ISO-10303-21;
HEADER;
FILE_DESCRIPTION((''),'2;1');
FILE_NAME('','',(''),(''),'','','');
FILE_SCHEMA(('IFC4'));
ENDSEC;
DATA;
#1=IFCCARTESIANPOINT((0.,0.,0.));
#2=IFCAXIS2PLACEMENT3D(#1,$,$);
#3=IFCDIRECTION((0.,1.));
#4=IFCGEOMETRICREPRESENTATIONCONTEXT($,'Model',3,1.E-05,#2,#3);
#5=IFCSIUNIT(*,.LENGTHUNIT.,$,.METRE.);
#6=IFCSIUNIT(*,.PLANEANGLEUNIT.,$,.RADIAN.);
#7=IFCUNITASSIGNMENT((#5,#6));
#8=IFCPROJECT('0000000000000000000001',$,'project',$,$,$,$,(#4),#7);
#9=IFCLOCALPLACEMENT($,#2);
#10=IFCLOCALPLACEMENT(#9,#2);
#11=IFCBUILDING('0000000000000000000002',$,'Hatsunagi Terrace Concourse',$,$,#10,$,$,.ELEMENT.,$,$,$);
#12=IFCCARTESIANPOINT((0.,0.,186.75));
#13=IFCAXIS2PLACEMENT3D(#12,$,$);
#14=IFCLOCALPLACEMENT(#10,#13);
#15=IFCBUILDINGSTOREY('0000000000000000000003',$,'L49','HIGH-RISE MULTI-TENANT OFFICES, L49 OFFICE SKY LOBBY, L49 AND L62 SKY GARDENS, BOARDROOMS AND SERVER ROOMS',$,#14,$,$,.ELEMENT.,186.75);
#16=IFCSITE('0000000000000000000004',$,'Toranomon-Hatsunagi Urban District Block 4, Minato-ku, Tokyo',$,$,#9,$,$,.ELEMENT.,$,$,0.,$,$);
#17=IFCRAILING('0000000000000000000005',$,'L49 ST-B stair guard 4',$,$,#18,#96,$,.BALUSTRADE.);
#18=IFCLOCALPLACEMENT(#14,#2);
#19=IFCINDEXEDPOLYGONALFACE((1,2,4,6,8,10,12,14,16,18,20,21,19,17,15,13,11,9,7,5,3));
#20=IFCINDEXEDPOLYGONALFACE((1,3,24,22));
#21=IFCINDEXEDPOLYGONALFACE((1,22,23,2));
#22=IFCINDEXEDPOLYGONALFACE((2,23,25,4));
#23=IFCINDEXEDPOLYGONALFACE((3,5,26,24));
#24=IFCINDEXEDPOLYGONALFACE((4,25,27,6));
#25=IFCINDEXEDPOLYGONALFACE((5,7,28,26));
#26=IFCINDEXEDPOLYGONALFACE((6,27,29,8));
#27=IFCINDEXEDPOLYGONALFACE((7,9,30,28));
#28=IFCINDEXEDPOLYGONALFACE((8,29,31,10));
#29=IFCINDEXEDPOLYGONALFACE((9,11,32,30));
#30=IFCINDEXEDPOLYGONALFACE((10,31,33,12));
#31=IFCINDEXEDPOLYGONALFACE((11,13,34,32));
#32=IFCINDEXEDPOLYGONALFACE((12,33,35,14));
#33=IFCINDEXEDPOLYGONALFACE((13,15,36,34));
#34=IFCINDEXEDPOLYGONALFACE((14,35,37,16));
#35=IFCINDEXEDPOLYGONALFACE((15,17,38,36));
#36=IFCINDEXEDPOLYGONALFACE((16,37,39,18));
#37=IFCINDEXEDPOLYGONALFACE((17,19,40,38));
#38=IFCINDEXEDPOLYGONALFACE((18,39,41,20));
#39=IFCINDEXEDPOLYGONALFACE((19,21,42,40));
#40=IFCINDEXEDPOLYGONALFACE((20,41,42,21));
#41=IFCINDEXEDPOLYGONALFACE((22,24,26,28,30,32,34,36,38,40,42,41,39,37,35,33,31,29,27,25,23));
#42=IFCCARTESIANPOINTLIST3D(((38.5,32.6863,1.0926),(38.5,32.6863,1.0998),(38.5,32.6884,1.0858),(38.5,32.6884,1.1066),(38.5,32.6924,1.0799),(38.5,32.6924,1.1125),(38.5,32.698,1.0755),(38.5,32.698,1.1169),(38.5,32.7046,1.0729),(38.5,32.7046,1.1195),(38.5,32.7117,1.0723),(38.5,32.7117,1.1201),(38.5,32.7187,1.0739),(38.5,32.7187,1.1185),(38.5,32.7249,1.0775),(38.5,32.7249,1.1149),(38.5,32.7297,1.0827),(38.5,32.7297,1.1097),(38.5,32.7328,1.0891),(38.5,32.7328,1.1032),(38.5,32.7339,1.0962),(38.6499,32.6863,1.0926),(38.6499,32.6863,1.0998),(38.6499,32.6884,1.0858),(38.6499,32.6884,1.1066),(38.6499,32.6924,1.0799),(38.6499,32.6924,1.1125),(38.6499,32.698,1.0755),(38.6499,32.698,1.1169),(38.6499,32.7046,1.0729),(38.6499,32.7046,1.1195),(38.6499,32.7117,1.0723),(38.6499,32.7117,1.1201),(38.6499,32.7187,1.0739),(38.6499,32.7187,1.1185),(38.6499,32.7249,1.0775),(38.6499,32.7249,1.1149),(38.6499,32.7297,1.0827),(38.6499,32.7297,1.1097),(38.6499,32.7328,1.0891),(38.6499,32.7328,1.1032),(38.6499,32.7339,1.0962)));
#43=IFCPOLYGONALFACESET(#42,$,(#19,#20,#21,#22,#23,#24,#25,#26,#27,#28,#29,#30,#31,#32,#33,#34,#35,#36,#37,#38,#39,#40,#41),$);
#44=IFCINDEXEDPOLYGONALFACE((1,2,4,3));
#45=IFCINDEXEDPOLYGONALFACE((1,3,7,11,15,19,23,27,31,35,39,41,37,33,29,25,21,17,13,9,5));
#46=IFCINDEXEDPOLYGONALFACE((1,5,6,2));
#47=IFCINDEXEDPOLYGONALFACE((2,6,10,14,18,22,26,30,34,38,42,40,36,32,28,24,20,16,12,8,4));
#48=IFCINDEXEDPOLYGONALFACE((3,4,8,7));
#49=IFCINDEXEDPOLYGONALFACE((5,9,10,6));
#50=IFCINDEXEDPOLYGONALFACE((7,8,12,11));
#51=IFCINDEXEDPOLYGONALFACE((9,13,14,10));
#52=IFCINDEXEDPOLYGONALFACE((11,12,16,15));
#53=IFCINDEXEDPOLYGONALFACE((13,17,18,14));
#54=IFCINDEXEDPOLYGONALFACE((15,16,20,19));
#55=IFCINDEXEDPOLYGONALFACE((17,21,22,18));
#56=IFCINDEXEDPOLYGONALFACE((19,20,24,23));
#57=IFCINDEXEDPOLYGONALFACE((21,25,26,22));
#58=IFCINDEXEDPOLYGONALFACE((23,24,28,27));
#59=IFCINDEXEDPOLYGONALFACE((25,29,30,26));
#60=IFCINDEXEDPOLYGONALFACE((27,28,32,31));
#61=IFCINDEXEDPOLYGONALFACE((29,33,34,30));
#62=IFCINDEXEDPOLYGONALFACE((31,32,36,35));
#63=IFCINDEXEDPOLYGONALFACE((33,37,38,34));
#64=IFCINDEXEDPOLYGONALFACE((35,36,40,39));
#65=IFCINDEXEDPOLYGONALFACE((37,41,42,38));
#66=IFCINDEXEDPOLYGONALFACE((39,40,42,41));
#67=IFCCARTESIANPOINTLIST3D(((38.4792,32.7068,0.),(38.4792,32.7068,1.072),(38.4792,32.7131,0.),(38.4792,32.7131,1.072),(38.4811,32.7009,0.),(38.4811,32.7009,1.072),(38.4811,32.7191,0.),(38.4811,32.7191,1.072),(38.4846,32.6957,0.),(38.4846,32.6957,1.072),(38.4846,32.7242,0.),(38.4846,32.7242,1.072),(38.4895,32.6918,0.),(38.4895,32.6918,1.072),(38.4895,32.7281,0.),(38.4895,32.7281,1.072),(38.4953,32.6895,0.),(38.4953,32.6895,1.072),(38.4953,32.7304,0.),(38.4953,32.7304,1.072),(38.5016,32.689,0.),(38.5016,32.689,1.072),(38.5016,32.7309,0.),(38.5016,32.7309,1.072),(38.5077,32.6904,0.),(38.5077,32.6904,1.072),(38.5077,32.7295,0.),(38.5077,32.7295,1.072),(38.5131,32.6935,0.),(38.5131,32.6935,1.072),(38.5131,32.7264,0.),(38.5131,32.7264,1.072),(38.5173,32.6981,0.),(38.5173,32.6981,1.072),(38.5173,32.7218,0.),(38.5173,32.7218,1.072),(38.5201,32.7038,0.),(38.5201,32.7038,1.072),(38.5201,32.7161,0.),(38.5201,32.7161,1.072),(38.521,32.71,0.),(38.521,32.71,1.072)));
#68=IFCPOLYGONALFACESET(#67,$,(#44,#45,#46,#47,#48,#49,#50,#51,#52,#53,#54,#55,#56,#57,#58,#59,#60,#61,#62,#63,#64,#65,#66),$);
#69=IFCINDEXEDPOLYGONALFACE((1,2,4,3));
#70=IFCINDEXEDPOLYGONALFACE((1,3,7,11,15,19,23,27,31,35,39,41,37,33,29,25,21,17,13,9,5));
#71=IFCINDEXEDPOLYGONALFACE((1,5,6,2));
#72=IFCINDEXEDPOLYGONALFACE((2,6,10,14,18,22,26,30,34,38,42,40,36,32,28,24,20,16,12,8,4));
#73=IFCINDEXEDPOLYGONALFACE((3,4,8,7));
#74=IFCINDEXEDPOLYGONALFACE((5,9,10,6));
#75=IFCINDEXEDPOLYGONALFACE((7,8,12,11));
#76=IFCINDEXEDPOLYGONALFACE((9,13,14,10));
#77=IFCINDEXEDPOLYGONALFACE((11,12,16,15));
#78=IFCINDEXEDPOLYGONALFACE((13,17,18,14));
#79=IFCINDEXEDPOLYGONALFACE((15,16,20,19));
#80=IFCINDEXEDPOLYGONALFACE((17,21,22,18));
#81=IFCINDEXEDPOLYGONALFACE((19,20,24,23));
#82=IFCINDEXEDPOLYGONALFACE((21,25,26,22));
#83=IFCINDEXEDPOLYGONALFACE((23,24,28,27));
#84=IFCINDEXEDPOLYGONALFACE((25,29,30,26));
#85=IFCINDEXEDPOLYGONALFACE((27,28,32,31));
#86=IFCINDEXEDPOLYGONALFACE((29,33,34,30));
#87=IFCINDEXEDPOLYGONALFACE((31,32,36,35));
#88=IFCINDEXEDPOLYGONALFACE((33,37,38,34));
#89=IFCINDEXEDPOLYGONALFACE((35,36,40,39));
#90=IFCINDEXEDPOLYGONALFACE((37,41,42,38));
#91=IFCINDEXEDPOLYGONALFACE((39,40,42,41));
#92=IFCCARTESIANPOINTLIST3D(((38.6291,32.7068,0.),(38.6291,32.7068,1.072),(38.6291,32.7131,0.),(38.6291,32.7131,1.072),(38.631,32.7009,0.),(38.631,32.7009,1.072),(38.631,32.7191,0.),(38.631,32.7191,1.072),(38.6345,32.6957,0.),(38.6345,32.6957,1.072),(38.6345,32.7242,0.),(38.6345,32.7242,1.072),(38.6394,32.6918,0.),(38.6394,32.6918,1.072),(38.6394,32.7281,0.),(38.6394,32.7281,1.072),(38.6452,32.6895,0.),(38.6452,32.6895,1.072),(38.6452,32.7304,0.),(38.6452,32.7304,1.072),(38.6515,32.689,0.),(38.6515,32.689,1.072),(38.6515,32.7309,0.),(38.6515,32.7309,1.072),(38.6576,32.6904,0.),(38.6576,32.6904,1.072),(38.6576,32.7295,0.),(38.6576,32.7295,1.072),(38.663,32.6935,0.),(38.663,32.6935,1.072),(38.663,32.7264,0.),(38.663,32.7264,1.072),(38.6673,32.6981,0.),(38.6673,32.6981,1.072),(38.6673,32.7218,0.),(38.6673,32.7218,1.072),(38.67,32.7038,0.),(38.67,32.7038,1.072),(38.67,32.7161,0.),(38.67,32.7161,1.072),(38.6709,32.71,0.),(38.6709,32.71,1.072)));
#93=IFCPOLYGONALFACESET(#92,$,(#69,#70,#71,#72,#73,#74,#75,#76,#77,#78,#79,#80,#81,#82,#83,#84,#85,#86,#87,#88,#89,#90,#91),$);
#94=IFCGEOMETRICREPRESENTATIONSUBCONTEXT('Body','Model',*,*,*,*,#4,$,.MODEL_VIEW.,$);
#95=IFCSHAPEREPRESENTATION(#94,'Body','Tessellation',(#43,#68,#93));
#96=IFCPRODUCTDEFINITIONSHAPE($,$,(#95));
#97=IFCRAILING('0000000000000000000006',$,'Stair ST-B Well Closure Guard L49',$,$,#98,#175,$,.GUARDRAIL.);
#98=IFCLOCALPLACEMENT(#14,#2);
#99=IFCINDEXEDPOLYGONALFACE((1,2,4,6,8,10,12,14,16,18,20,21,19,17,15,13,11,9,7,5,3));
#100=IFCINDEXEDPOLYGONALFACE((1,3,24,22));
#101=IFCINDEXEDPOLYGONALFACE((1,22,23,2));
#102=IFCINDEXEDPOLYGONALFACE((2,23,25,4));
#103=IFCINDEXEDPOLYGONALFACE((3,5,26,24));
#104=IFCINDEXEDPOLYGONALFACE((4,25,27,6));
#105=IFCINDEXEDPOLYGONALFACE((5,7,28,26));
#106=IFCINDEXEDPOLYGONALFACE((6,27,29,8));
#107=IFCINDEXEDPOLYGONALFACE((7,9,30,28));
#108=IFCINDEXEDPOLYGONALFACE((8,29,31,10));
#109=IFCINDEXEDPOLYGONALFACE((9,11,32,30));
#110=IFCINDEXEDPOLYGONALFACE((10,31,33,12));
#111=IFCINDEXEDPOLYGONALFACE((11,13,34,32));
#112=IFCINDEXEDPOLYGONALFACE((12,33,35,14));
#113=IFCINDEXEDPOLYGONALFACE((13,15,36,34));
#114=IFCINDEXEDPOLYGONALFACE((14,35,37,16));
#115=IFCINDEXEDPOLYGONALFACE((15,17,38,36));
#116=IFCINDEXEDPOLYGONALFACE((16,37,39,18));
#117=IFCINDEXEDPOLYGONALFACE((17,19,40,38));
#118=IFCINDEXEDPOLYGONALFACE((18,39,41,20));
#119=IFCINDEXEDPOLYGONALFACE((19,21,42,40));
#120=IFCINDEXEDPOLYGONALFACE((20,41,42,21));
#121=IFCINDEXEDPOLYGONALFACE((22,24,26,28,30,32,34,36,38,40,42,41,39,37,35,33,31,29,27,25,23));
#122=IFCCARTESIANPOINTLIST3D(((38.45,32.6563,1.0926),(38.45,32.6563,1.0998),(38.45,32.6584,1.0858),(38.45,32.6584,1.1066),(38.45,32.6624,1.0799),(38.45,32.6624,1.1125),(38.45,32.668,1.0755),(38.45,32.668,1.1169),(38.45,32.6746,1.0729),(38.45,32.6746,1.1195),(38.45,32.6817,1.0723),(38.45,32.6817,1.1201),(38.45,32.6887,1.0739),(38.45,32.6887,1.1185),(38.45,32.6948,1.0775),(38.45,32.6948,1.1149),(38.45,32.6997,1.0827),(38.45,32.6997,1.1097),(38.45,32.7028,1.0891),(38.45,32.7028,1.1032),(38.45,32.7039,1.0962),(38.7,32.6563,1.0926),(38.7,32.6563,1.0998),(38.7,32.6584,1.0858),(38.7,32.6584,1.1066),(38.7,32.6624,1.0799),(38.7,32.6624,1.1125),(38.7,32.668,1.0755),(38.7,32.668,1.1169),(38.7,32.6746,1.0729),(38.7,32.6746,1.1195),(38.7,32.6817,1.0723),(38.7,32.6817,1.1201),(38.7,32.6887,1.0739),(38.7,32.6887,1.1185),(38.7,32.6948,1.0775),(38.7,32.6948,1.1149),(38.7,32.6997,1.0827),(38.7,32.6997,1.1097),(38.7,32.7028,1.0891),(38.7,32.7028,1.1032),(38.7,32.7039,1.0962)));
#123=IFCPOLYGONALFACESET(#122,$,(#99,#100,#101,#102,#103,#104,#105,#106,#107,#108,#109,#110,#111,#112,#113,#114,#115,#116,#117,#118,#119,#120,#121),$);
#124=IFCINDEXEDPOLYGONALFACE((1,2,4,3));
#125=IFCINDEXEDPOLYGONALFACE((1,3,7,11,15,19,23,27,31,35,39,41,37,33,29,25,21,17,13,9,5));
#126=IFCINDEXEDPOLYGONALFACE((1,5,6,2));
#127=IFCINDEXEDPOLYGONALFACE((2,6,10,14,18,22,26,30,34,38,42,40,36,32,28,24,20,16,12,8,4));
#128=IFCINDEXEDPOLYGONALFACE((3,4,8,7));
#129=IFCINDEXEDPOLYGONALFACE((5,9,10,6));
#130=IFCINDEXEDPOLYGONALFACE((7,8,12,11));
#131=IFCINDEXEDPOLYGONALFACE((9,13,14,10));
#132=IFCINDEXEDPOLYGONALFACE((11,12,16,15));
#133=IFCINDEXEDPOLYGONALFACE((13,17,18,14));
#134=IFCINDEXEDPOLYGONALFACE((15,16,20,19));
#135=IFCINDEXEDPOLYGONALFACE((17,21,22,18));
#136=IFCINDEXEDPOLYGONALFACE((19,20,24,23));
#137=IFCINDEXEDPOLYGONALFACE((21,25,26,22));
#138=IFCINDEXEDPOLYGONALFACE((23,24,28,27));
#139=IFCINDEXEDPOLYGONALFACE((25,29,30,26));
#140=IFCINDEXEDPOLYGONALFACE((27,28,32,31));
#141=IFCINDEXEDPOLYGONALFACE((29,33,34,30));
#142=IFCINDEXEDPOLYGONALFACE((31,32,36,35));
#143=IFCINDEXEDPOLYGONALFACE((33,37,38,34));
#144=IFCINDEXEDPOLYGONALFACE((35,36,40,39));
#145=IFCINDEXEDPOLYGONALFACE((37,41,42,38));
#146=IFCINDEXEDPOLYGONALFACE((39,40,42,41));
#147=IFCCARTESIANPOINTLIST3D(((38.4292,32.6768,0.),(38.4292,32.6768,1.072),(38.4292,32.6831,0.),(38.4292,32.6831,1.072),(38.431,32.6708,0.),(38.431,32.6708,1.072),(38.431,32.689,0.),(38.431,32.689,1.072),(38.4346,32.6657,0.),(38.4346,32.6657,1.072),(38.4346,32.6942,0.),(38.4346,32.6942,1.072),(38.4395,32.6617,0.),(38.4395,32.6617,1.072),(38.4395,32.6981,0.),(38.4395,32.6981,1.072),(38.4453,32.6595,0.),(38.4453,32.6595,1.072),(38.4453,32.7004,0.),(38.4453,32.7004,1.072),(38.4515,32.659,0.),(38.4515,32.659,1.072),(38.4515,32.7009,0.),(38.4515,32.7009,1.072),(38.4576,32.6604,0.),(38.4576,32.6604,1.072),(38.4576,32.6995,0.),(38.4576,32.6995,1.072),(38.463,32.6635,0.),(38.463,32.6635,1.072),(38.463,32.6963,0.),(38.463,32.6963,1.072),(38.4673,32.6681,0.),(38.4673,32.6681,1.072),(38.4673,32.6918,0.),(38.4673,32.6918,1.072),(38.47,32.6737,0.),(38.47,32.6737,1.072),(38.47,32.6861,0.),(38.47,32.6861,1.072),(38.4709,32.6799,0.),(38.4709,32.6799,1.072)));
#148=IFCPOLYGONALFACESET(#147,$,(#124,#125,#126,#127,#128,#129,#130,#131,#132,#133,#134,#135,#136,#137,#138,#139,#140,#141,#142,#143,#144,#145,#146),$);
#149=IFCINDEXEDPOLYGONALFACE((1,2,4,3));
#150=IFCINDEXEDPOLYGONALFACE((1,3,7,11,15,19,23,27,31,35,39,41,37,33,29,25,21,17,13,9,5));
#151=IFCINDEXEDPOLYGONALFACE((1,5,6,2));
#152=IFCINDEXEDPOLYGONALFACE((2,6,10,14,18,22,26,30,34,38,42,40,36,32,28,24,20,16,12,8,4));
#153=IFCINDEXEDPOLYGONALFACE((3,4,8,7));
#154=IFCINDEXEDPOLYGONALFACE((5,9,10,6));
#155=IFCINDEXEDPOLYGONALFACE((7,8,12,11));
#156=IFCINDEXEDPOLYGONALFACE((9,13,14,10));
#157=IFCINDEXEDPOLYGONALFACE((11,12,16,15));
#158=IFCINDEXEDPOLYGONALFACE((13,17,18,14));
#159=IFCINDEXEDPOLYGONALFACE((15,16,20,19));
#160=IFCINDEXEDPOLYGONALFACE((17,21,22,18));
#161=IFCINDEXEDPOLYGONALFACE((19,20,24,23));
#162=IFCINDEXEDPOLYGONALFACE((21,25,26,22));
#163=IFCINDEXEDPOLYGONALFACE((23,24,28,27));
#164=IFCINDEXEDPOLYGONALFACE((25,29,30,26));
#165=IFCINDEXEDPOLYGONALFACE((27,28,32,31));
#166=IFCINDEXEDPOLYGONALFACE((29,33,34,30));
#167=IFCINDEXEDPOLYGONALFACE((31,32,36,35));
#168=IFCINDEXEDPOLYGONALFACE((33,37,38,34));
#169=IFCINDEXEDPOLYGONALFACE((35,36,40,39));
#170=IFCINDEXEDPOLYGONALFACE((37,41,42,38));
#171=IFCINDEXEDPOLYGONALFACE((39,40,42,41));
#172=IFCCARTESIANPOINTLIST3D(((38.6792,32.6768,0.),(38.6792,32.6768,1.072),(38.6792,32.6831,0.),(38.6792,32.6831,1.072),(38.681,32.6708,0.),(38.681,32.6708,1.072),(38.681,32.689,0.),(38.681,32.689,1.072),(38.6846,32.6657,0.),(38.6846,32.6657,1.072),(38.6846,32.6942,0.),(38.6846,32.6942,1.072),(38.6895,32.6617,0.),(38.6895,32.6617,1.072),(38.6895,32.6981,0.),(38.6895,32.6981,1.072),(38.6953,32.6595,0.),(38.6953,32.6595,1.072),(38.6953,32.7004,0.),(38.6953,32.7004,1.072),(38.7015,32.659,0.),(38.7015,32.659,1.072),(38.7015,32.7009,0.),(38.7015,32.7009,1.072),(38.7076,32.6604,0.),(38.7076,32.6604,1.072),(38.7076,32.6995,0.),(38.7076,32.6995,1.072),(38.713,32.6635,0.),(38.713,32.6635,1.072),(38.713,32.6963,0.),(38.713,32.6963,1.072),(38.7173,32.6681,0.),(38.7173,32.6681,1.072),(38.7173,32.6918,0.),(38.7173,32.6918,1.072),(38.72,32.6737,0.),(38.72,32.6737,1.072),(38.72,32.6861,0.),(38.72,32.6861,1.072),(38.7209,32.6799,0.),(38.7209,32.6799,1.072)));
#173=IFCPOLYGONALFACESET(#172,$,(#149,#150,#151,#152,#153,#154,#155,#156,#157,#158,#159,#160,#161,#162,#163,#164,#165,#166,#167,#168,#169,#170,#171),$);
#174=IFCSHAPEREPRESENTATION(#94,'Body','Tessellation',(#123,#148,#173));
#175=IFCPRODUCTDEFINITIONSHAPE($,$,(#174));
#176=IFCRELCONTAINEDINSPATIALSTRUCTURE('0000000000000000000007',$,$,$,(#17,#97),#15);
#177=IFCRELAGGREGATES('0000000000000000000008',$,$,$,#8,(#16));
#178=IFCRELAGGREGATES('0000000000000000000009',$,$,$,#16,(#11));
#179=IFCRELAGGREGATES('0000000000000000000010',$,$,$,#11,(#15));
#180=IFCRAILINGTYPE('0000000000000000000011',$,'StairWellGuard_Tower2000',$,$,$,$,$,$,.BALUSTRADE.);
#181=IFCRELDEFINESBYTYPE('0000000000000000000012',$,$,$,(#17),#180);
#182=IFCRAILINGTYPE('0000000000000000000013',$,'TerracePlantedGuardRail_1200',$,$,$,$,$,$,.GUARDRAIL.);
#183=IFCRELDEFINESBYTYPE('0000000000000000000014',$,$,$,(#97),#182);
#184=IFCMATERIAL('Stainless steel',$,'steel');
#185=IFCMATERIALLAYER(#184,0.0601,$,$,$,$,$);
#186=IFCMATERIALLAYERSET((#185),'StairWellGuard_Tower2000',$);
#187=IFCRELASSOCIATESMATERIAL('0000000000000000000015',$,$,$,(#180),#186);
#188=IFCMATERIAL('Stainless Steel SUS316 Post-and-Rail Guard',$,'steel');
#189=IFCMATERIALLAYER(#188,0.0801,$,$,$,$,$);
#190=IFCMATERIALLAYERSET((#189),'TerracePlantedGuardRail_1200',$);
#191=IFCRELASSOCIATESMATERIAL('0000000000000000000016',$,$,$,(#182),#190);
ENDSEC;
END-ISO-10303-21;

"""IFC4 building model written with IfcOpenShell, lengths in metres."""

from ifc_helpers import new_model, si_unit, direction, frame, origin, origin_2d, place, context, subcontext, project, spatial, circle, extrude, material, layer, layer_set, type_object, element, save


model = new_model("IFC4")

# Units and contexts
model_context = context("Model", 3, precision=1e-05, world=origin(), true_north=direction((0.0, 1.0)))
body_context = subcontext(model_context, "Body", "Model", "MODEL_VIEW")
ifc_project = project(units=[si_unit("LENGTHUNIT", "METRE"), si_unit("PLANEANGLEUNIT", "RADIAN")], contexts=[model_context])

# Site, building, storey
site_placement = place(None, origin())
site = spatial("IfcSite", under=ifc_project, at=site_placement, Name="Toranomon-Hatsunagi Urban District Block 4, Minato-ku, Tokyo", CompositionType="ELEMENT", RefElevation=0.0)
building_placement = place(site_placement, origin())
building = spatial("IfcBuilding", under=site, at=building_placement, Name="Hatsunagi Terrace Concourse", CompositionType="ELEMENT")
storey_placement = place(building_placement, frame((0.0, 0.0, 186.75)))
storey = spatial("IfcBuildingStorey", under=building, at=storey_placement, Name="L49", Description="HIGH-RISE MULTI-TENANT OFFICES, L49 OFFICE SKY LOBBY, L49 AND L62 SKY GARDENS, BOARDROOMS AND SERVER ROOMS", CompositionType="ELEMENT", Elevation=186.75)

# Railings
ifc_material_1 = material(Name="Stainless steel", Category="steel")
ifc_layer_1 = layer(ifc_material_1, 0.0601)
ifc_layer_set_1 = layer_set([ifc_layer_1], Name="StairWellGuard_Tower2000")
railing_type_1 = type_object("IfcRailingType", Name="StairWellGuard_Tower2000", PredefinedType="BALUSTRADE", material=ifc_layer_set_1)
railing_1_placement = place(storey_placement, frame((38.5, 32.71, 0.0)))
element("IfcRailing", 1, at=railing_1_placement, inside=storey, type_object=railing_type_1, Name="L49 ST-B stair guard 4", PredefinedType="BALUSTRADE", context=body_context, shape_type="SweptSolid", body=[
    extrude(circle(Radius=0.0239, at=origin_2d()), frame((0.0, 0.0, 1.0962), z_axis=(1.0, 0.0, 0.0), x_axis=(0.0, 1.0, 0.0)), (0.0, 0.0, 1.0), 0.1499),
    extrude(circle(Radius=0.021, at=origin_2d()), origin(), (0.0, 0.0, 1.0), 1.072),
    extrude(circle(Radius=0.021, at=origin_2d()), frame((0.1499, 0.0, 0.0)), (0.0, 0.0, 1.0), 1.072),
])
ifc_material_2 = material(Name="Stainless Steel SUS316 Post-and-Rail Guard", Category="steel")
ifc_layer_2 = layer(ifc_material_2, 0.0801)
ifc_layer_set_2 = layer_set([ifc_layer_2], Name="TerracePlantedGuardRail_1200")
railing_type_2 = type_object("IfcRailingType", Name="TerracePlantedGuardRail_1200", PredefinedType="GUARDRAIL", material=ifc_layer_set_2)
railing_2_placement = place(storey_placement, frame((38.45, 32.6799, 0.0)))
element("IfcRailing", 2, at=railing_2_placement, inside=storey, type_object=railing_type_2, Name="Stair ST-B Well Closure Guard L49", PredefinedType="GUARDRAIL", context=body_context, shape_type="SweptSolid", body=[
    extrude(circle(Radius=0.0239, at=origin_2d()), frame((0.0, 0.0, 1.0962), z_axis=(1.0, 0.0, 0.0), x_axis=(0.0, 1.0, 0.0)), (0.0, 0.0, 1.0), 0.25),
    extrude(circle(Radius=0.021, at=origin_2d()), origin(), (0.0, 0.0, 1.0), 1.072),
    extrude(circle(Radius=0.021, at=origin_2d()), frame((0.25, 0.0, 0.0)), (0.0, 0.0, 1.0), 1.072),
])

save(model, "model.ifc")
